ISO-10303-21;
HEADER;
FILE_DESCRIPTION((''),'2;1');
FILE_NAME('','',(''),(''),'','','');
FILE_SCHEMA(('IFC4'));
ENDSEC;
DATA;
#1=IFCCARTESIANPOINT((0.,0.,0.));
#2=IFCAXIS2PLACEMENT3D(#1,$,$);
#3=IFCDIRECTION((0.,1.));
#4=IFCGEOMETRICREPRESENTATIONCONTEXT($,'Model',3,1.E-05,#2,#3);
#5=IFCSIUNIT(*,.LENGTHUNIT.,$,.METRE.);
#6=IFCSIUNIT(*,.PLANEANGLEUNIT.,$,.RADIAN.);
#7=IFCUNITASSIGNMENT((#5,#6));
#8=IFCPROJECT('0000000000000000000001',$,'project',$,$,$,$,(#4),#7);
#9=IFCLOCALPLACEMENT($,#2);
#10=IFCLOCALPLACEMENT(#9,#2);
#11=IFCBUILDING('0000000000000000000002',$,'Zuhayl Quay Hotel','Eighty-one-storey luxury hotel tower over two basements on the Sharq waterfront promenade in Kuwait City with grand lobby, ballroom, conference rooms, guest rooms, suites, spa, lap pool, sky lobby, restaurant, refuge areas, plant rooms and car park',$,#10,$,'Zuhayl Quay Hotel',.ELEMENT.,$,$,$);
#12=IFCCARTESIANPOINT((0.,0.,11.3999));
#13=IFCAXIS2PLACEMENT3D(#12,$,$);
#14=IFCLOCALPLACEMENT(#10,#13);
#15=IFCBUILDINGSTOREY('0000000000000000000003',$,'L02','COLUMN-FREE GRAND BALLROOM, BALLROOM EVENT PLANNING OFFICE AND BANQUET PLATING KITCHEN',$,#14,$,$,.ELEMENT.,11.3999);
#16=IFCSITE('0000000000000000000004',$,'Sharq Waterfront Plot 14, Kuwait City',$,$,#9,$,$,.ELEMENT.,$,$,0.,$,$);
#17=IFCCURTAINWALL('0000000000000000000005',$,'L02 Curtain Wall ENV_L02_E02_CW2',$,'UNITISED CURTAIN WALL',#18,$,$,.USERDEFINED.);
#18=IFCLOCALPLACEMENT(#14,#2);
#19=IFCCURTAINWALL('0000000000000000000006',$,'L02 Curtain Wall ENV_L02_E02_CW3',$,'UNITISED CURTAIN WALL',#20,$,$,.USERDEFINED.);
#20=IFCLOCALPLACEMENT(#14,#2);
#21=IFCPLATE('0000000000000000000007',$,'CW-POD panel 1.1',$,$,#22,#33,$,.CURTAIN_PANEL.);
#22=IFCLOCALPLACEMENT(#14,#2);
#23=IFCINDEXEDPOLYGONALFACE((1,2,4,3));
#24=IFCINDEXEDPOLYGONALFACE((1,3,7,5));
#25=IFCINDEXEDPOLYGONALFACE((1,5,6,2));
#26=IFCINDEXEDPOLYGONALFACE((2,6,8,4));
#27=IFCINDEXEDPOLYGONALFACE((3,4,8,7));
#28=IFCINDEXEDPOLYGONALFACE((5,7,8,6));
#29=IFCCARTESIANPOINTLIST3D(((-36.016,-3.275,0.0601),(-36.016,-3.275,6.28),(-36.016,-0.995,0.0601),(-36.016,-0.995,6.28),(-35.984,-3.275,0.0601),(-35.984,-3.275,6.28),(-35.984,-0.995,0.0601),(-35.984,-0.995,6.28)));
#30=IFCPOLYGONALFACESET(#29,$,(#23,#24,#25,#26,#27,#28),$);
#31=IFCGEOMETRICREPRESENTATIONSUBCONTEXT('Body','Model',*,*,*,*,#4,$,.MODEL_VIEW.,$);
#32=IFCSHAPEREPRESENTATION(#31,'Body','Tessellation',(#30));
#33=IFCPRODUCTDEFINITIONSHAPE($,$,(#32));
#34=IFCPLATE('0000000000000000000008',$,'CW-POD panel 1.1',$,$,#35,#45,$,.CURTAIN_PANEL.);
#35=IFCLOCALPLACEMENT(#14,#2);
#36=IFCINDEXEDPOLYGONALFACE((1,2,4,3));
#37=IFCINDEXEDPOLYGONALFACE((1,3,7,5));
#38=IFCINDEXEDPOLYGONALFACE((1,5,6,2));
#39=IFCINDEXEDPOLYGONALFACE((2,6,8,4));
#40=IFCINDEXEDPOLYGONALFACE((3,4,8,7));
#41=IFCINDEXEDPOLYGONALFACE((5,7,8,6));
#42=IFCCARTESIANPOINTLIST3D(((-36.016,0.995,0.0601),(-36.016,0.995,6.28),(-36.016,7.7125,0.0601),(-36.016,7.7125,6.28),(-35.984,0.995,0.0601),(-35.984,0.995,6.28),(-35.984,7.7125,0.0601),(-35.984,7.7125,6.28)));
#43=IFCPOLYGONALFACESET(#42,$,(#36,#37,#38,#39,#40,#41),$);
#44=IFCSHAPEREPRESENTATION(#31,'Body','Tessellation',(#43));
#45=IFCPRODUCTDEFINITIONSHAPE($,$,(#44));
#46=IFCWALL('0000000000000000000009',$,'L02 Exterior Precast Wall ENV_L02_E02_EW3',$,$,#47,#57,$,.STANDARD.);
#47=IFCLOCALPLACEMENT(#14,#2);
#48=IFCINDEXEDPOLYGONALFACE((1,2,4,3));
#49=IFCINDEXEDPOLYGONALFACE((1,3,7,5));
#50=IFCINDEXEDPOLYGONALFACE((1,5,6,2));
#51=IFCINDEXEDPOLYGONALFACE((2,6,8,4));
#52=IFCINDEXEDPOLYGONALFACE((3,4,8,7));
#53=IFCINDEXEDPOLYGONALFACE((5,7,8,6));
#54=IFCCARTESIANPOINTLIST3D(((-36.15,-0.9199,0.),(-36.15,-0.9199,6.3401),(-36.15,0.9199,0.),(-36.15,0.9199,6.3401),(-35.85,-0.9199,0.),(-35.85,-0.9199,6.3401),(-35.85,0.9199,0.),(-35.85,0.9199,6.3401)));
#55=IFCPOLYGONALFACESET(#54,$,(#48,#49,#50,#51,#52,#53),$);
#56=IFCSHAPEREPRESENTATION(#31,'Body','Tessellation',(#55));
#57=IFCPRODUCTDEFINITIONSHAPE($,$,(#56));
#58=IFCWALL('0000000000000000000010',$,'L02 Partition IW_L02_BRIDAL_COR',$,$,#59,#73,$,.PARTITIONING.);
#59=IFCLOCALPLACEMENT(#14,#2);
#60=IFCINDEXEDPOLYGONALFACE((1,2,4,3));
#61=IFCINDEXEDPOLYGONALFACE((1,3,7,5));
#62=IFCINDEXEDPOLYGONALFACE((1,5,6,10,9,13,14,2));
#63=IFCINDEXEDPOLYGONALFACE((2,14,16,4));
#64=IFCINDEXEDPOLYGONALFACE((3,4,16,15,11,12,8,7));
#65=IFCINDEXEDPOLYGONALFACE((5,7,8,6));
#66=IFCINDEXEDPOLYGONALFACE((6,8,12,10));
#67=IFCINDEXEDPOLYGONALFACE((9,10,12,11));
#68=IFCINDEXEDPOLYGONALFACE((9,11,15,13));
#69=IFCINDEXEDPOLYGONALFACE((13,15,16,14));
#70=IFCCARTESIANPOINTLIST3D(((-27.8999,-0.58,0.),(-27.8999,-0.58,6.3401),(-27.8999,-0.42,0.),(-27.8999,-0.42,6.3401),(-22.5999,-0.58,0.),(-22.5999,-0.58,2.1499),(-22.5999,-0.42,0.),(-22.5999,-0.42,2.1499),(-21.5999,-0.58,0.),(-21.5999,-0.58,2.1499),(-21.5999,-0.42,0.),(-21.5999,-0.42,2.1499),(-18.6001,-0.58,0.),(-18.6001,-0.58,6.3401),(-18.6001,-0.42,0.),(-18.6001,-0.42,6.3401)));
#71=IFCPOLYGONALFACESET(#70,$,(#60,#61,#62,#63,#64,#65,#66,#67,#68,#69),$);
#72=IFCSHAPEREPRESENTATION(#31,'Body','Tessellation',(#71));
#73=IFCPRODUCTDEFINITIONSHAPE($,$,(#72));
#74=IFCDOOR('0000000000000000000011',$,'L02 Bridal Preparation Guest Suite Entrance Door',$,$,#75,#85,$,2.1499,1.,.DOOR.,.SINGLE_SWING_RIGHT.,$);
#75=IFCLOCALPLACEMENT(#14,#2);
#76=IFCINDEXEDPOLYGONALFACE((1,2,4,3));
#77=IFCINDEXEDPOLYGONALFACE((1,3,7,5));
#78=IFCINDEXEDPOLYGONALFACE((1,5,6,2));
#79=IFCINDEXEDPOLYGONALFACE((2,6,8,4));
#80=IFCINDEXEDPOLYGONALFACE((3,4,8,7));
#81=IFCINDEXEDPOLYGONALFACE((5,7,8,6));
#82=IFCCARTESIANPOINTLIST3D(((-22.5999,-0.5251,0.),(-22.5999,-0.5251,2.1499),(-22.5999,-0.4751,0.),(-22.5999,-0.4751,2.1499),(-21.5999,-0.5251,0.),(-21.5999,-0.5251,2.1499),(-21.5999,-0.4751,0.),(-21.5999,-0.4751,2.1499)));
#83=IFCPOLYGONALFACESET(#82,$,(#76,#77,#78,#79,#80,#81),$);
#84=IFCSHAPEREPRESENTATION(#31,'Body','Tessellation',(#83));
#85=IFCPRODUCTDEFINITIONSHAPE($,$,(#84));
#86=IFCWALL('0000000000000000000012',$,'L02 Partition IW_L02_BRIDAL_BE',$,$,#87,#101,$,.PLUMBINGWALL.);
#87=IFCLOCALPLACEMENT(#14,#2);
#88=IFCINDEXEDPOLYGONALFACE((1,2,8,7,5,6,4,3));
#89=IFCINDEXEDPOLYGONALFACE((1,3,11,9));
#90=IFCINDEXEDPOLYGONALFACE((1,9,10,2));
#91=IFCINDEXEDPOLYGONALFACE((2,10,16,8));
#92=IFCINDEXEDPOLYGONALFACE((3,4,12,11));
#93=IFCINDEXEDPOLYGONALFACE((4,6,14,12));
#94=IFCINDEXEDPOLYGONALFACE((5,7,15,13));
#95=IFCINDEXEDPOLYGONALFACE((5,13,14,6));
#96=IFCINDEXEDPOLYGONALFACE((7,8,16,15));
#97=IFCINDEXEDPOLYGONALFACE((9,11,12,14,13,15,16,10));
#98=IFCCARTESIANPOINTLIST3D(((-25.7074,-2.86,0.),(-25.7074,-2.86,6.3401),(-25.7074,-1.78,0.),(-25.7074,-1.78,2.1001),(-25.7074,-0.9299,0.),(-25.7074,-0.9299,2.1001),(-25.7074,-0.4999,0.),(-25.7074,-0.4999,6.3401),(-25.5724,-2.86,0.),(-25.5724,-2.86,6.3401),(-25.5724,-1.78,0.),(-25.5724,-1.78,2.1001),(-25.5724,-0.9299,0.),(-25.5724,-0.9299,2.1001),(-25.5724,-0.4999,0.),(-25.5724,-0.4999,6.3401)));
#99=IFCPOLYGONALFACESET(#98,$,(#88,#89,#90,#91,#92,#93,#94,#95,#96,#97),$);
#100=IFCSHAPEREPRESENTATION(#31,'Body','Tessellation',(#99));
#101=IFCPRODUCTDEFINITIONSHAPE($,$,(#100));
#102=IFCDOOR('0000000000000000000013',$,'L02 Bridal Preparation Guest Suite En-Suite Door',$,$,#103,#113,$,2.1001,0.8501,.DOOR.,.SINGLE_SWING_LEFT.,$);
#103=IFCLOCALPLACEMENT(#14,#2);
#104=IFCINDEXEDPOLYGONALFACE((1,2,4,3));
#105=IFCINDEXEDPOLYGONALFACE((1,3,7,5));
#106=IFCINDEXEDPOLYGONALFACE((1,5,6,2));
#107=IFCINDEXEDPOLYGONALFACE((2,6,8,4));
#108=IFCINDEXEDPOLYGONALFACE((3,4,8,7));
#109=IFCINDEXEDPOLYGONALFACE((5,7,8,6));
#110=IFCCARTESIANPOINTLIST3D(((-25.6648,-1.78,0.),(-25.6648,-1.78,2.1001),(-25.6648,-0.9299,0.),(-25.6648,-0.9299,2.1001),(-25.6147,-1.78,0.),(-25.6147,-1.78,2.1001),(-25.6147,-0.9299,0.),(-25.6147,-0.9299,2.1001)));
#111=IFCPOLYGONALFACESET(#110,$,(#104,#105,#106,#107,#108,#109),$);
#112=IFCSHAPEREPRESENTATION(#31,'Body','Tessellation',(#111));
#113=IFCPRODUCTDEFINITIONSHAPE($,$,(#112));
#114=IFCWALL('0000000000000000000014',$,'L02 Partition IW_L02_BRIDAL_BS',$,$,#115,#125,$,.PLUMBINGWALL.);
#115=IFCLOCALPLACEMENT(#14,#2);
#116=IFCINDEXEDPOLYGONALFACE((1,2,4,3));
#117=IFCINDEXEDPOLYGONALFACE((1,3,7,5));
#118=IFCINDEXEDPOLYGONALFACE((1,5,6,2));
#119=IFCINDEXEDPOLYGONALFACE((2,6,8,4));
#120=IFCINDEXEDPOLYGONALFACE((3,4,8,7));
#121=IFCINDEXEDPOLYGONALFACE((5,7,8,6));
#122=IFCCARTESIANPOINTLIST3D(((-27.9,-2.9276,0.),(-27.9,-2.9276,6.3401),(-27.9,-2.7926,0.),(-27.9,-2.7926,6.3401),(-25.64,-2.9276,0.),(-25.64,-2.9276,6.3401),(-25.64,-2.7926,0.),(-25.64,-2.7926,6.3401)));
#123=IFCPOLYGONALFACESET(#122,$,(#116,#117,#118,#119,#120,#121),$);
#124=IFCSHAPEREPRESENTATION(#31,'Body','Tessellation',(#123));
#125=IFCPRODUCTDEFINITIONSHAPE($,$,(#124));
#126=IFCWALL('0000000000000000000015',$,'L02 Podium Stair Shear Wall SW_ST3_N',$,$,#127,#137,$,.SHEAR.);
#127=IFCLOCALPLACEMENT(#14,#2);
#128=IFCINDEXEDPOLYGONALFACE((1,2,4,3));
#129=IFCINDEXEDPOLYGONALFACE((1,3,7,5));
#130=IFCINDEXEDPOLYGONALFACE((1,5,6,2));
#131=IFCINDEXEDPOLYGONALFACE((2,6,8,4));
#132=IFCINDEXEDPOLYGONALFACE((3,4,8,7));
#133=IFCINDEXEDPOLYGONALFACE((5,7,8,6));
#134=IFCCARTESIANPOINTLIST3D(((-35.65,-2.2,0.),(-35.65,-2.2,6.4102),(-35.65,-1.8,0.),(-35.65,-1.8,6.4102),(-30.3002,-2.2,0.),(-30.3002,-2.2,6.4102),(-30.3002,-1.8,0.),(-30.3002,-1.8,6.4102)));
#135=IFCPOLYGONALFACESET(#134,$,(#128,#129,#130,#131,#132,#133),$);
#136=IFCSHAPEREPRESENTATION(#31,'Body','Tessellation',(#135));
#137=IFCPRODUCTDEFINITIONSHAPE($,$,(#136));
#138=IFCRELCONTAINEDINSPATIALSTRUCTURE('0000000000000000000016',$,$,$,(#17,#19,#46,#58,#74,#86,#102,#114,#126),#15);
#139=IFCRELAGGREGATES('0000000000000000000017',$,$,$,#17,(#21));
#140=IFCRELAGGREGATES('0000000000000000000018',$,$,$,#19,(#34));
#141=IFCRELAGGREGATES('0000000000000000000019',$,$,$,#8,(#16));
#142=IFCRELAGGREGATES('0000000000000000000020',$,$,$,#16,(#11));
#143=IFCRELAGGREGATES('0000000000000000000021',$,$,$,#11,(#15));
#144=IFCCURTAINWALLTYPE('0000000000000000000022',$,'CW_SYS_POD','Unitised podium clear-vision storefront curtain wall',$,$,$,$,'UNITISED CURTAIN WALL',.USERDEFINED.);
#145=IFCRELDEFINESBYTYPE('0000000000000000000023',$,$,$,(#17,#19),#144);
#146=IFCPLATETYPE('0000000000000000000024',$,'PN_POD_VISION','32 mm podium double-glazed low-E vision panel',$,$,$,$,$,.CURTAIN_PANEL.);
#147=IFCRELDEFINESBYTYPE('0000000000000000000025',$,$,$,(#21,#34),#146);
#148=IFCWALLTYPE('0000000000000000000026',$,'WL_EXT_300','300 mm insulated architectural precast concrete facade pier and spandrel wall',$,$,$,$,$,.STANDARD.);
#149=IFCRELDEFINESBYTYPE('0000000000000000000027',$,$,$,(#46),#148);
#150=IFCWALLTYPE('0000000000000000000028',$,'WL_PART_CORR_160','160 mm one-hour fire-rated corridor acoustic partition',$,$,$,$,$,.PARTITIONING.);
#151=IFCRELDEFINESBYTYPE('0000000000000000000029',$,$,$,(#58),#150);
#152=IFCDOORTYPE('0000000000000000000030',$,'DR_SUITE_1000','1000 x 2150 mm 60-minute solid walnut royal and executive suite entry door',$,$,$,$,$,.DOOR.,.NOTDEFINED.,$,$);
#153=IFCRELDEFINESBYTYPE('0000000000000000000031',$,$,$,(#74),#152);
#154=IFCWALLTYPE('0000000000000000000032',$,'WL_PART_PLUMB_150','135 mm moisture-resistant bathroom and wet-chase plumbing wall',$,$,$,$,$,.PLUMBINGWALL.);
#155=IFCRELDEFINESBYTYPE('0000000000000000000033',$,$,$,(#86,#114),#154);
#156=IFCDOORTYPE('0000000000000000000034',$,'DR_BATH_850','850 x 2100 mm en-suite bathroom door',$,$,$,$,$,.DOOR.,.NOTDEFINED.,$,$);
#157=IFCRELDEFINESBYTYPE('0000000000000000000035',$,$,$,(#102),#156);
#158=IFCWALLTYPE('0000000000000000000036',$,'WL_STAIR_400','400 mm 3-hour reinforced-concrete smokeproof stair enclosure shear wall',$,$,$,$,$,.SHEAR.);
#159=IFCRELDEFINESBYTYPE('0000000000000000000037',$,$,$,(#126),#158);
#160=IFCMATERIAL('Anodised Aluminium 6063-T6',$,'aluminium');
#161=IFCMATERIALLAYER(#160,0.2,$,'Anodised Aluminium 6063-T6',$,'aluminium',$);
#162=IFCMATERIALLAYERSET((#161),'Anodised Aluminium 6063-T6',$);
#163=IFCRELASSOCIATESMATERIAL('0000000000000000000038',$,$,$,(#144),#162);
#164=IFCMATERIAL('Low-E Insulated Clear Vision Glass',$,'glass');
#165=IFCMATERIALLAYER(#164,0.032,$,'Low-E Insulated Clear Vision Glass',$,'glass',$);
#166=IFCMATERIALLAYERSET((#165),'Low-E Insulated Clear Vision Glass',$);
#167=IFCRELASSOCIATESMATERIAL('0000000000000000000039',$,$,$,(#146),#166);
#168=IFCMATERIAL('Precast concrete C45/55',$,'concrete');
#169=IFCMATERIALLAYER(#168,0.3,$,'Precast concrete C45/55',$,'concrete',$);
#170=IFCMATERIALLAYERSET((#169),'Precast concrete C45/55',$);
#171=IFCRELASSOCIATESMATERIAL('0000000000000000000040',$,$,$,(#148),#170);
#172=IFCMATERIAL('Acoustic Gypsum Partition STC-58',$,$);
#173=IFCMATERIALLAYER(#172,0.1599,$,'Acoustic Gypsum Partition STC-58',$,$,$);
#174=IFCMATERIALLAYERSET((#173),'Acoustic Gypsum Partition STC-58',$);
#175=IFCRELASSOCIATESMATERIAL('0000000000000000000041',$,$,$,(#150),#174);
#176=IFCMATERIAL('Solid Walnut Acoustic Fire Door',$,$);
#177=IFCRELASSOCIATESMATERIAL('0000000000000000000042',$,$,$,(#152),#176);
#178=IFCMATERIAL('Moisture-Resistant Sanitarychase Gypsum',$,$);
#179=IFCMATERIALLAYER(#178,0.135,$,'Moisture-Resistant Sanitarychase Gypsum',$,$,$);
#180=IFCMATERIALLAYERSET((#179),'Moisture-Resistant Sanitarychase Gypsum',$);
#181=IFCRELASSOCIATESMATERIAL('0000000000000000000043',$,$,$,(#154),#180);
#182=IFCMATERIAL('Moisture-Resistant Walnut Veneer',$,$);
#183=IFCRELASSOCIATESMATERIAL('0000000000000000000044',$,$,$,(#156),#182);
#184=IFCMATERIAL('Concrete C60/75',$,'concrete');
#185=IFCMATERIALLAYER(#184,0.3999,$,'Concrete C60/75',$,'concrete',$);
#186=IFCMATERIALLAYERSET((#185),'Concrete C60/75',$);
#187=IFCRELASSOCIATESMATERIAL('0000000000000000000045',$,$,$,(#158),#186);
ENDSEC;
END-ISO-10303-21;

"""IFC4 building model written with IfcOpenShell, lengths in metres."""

from ifc_helpers import new_model, si_unit, direction, frame, frame_2d, origin, origin_2d, place, context, subcontext, project, spatial, rectangle, extrude, material, layer, layer_set, type_object, element, fill, aggregate, save


model = new_model("IFC4")

# Units and contexts
model_context = context("Model", 3, precision=1e-05, world=origin(), true_north=direction((0.0, 1.0)))
body_context = subcontext(model_context, "Body", "Model", "MODEL_VIEW")
ifc_project = project(units=[si_unit("LENGTHUNIT", "METRE"), si_unit("PLANEANGLEUNIT", "RADIAN")], contexts=[model_context])

# Site, building, storey
site_placement = place(None, origin())
site = spatial("IfcSite", under=ifc_project, at=site_placement, Name="Sharq Waterfront Plot 14, Kuwait City", CompositionType="ELEMENT", RefElevation=0.0)
building_placement = place(site_placement, origin())
building = spatial("IfcBuilding", under=site, at=building_placement, Name="Zuhayl Quay Hotel", Description="Eighty-one-storey luxury hotel tower over two basements on the Sharq waterfront promenade in Kuwait City with grand lobby, ballroom, conference rooms, guest rooms, suites, spa, lap pool, sky lobby, restaurant, refuge areas, plant rooms and car park", LongName="Zuhayl Quay Hotel", CompositionType="ELEMENT")
storey_placement = place(building_placement, frame((0.0, 0.0, 11.3999)))
storey = spatial("IfcBuildingStorey", under=building, at=storey_placement, Name="L02", Description="COLUMN-FREE GRAND BALLROOM, BALLROOM EVENT PLANNING OFFICE AND BANQUET PLATING KITCHEN", CompositionType="ELEMENT", Elevation=11.3999)

# Curtain wall
ifc_material_1 = material(Name="Anodised Aluminium 6063-T6", Category="aluminium")
ifc_layer_1 = layer(ifc_material_1, 0.2, Name="Anodised Aluminium 6063-T6", Category="aluminium")
ifc_layer_set_1 = layer_set([ifc_layer_1], Name="Anodised Aluminium 6063-T6")
curtain_wall_type = type_object("IfcCurtainWallType", Name="CW_SYS_POD", Description="Unitised podium clear-vision storefront curtain wall", ElementType="UNITISED CURTAIN WALL", PredefinedType="USERDEFINED", material=ifc_layer_set_1)
curtain_wall_1_placement = place(storey_placement, origin())
curtain_wall_1 = element("IfcCurtainWall", 1, at=curtain_wall_1_placement, inside=storey, type_object=curtain_wall_type, Name="L02 Curtain Wall ENV_L02_E02_CW2", ObjectType="UNITISED CURTAIN WALL", PredefinedType="USERDEFINED")

# Curtain wall
curtain_wall_2_placement = place(storey_placement, origin())
curtain_wall_2 = element("IfcCurtainWall", 2, at=curtain_wall_2_placement, inside=storey, type_object=curtain_wall_type, Name="L02 Curtain Wall ENV_L02_E02_CW3", ObjectType="UNITISED CURTAIN WALL", PredefinedType="USERDEFINED")

# Plates
ifc_material_2 = material(Name="Low-E Insulated Clear Vision Glass", Category="glass")
ifc_layer_2 = layer(ifc_material_2, 0.032, Name="Low-E Insulated Clear Vision Glass", Category="glass")
ifc_layer_set_2 = layer_set([ifc_layer_2], Name="Low-E Insulated Clear Vision Glass")
plate_type = type_object("IfcPlateType", Name="PN_POD_VISION", Description="32 mm podium double-glazed low-E vision panel", PredefinedType="CURTAIN_PANEL", material=ifc_layer_set_2)
plate_1_placement = place(storey_placement, frame((-36.0, -2.135, 0.0601), z_axis=(0.0, 0.0, 1.0), x_axis=(0.0, 1.0, 0.0)))
plate_1 = element("IfcPlate", 3, at=plate_1_placement, type_object=plate_type, Name="CW-POD panel 1.1", PredefinedType="CURTAIN_PANEL", context=body_context, shape_type="SweptSolid", body=[
    extrude(rectangle(XDim=2.28, YDim=0.032, at=origin_2d()), origin(), (0.0, 0.0, 1.0), 6.22),
])
aggregate(curtain_wall_1, [plate_1])
plate_2_placement = place(storey_placement, frame((-36.0, 4.3538, 0.0601), z_axis=(0.0, 0.0, 1.0), x_axis=(0.0, 1.0, 0.0)))
plate_2 = element("IfcPlate", 4, at=plate_2_placement, type_object=plate_type, Name="CW-POD panel 1.1", PredefinedType="CURTAIN_PANEL", context=body_context, shape_type="SweptSolid", body=[
    extrude(rectangle(XDim=6.7175, YDim=0.032, at=origin_2d()), origin(), (0.0, 0.0, 1.0), 6.22),
])
aggregate(curtain_wall_2, [plate_2])

# Wall
ifc_material_3 = material(Name="Precast concrete C45/55", Category="concrete")
ifc_layer_3 = layer(ifc_material_3, 0.3, Name="Precast concrete C45/55", Category="concrete")
ifc_layer_set_3 = layer_set([ifc_layer_3], Name="Precast concrete C45/55")
wall_type_1 = type_object("IfcWallType", Name="WL_EXT_300", Description="300 mm insulated architectural precast concrete facade pier and spandrel wall", PredefinedType="STANDARD", material=ifc_layer_set_3)
wall_1_placement = place(storey_placement, frame((-36.0, -0.9199, 0.0), z_axis=(0.0, 0.0, 1.0), x_axis=(0.0, 1.0, 0.0)))
element("IfcWall", 5, at=wall_1_placement, inside=storey, type_object=wall_type_1, Name="L02 Exterior Precast Wall ENV_L02_E02_EW3", PredefinedType="STANDARD", context=body_context, shape_type="SweptSolid", body=[
    extrude(rectangle(XDim=1.8398, YDim=0.3, at=frame_2d((0.9199, 0.0))), origin(), (0.0, 0.0, 1.0), 6.3401),
])

# Walls, openings, doors
ifc_material_4 = material(Name="Acoustic Gypsum Partition STC-58")
ifc_layer_4 = layer(ifc_material_4, 0.1599, Name="Acoustic Gypsum Partition STC-58")
ifc_layer_set_4 = layer_set([ifc_layer_4], Name="Acoustic Gypsum Partition STC-58")
wall_type_2 = type_object("IfcWallType", Name="WL_PART_CORR_160", Description="160 mm one-hour fire-rated corridor acoustic partition", PredefinedType="PARTITIONING", material=ifc_layer_set_4)
wall_2_placement = place(storey_placement, frame((-27.8999, -0.5, 0.0), z_axis=(0.0, 0.0, 1.0), x_axis=(1.0, 0.0, 0.0)))
wall_2 = element("IfcWall", 6, at=wall_2_placement, inside=storey, type_object=wall_type_2, Name="L02 Partition IW_L02_BRIDAL_COR", PredefinedType="PARTITIONING", context=body_context, shape_type="SweptSolid", body=[
    extrude(rectangle(XDim=9.2998, YDim=0.1599, at=frame_2d((4.6499, 0.0))), origin(), (0.0, 0.0, 1.0), 6.3401),
])
opening_1_placement = place(wall_2_placement, frame((5.3, 0.0, 0.0)))
opening_1 = element("IfcOpeningElement", 7, at=opening_1_placement, cuts=wall_2, PredefinedType="OPENING", context=body_context, shape_type="SweptSolid", body=[
    extrude(rectangle(XDim=1.0, YDim=2.1499, at=frame_2d((0.5, 1.075))), frame((0.0, 0.0898, 0.0), z_axis=(0.0, -1.0, 0.0), x_axis=(1.0, 0.0, 0.0)), (0.0, 0.0, 1.0), 0.1799),
])
ifc_material_5 = material(Name="Solid Walnut Acoustic Fire Door")
door_type_1 = type_object("IfcDoorType", Name="DR_SUITE_1000", Description="1000 x 2150 mm 60-minute solid walnut royal and executive suite entry door", OperationType="NOTDEFINED", PredefinedType="DOOR", material=ifc_material_5)
door_1_placement = place(opening_1_placement, origin())
door_1 = element("IfcDoor", 8, at=door_1_placement, inside=storey, type_object=door_type_1, Name="L02 Bridal Preparation Guest Suite Entrance Door", OperationType="SINGLE_SWING_RIGHT", OverallHeight=2.1499, OverallWidth=1.0, PredefinedType="DOOR", context=body_context, shape_type="SweptSolid", body=[
    extrude(rectangle(XDim=1.0, YDim=2.1499, at=frame_2d((0.5, 1.075))), frame((0.0, 0.0249, 0.0), z_axis=(0.0, -1.0, 0.0), x_axis=(1.0, 0.0, 0.0)), (0.0, 0.0, 1.0), 0.05),
])
fill(opening_1, door_1)
ifc_material_6 = material(Name="Moisture-Resistant Sanitarychase Gypsum")
ifc_layer_5 = layer(ifc_material_6, 0.135, Name="Moisture-Resistant Sanitarychase Gypsum")
ifc_layer_set_5 = layer_set([ifc_layer_5], Name="Moisture-Resistant Sanitarychase Gypsum")
wall_type_3 = type_object("IfcWallType", Name="WL_PART_PLUMB_150", Description="135 mm moisture-resistant bathroom and wet-chase plumbing wall", PredefinedType="PLUMBINGWALL", material=ifc_layer_set_5)
wall_3_placement = place(storey_placement, frame((-25.6399, -2.8601, 0.0), z_axis=(0.0, 0.0, 1.0), x_axis=(0.0, 1.0, 0.0)))
wall_3 = element("IfcWall", 9, at=wall_3_placement, inside=storey, type_object=wall_type_3, Name="L02 Partition IW_L02_BRIDAL_BE", PredefinedType="PLUMBINGWALL", context=body_context, shape_type="SweptSolid", body=[
    extrude(rectangle(XDim=2.3601, YDim=0.135, at=frame_2d((1.1802, 0.0))), origin(), (0.0, 0.0, 1.0), 6.3401),
])
opening_2_placement = place(wall_3_placement, frame((1.0801, 0.0, 0.0)))
opening_2 = element("IfcOpeningElement", 10, at=opening_2_placement, cuts=wall_3, PredefinedType="OPENING", context=body_context, shape_type="SweptSolid", body=[
    extrude(rectangle(XDim=0.8501, YDim=2.1001, at=frame_2d((0.425, 1.05))), frame((0.0, 0.0774, 0.0), z_axis=(0.0, -1.0, 0.0), x_axis=(1.0, 0.0, 0.0)), (0.0, 0.0, 1.0), 0.155),
])
ifc_material_7 = material(Name="Moisture-Resistant Walnut Veneer")
door_type_2 = type_object("IfcDoorType", Name="DR_BATH_850", Description="850 x 2100 mm en-suite bathroom door", OperationType="NOTDEFINED", PredefinedType="DOOR", material=ifc_material_7)
door_2_placement = place(opening_2_placement, origin())
door_2 = element("IfcDoor", 11, at=door_2_placement, inside=storey, type_object=door_type_2, Name="L02 Bridal Preparation Guest Suite En-Suite Door", OperationType="SINGLE_SWING_LEFT", OverallHeight=2.1001, OverallWidth=0.8501, PredefinedType="DOOR", context=body_context, shape_type="SweptSolid", body=[
    extrude(rectangle(XDim=0.8501, YDim=2.1001, at=frame_2d((0.425, 1.05))), frame((0.0, 0.0249, 0.0), z_axis=(0.0, -1.0, 0.0), x_axis=(1.0, 0.0, 0.0)), (0.0, 0.0, 1.0), 0.05),
])
fill(opening_2, door_2)

# Walls
wall_4_placement = place(storey_placement, frame((-27.8999, -2.8601, 0.0), z_axis=(0.0, 0.0, 1.0), x_axis=(1.0, 0.0, 0.0)))
element("IfcWall", 12, at=wall_4_placement, inside=storey, type_object=wall_type_3, Name="L02 Partition IW_L02_BRIDAL_BS", PredefinedType="PLUMBINGWALL", context=body_context, shape_type="SweptSolid", body=[
    extrude(rectangle(XDim=2.26, YDim=0.135, at=frame_2d((1.1299, 0.0))), origin(), (0.0, 0.0, 1.0), 6.3401),
])
ifc_material_8 = material(Name="Concrete C60/75", Category="concrete")
ifc_layer_6 = layer(ifc_material_8, 0.3999, Name="Concrete C60/75", Category="concrete")
ifc_layer_set_6 = layer_set([ifc_layer_6], Name="Concrete C60/75")
wall_type_4 = type_object("IfcWallType", Name="WL_STAIR_400", Description="400 mm 3-hour reinforced-concrete smokeproof stair enclosure shear wall", PredefinedType="SHEAR", material=ifc_layer_set_6)
wall_5_placement = place(storey_placement, frame((-35.6499, -2.0, 0.0), z_axis=(0.0, 0.0, 1.0), x_axis=(1.0, 0.0, 0.0)))
element("IfcWall", 13, at=wall_5_placement, inside=storey, type_object=wall_type_4, Name="L02 Podium Stair Shear Wall SW_ST3_N", PredefinedType="SHEAR", context=body_context, shape_type="SweptSolid", body=[
    extrude(rectangle(XDim=5.3499, YDim=0.3999, at=frame_2d((2.6748, 0.0))), origin(), (0.0, 0.0, 1.0), 6.4102),
])

save(model, "model.ifc")
